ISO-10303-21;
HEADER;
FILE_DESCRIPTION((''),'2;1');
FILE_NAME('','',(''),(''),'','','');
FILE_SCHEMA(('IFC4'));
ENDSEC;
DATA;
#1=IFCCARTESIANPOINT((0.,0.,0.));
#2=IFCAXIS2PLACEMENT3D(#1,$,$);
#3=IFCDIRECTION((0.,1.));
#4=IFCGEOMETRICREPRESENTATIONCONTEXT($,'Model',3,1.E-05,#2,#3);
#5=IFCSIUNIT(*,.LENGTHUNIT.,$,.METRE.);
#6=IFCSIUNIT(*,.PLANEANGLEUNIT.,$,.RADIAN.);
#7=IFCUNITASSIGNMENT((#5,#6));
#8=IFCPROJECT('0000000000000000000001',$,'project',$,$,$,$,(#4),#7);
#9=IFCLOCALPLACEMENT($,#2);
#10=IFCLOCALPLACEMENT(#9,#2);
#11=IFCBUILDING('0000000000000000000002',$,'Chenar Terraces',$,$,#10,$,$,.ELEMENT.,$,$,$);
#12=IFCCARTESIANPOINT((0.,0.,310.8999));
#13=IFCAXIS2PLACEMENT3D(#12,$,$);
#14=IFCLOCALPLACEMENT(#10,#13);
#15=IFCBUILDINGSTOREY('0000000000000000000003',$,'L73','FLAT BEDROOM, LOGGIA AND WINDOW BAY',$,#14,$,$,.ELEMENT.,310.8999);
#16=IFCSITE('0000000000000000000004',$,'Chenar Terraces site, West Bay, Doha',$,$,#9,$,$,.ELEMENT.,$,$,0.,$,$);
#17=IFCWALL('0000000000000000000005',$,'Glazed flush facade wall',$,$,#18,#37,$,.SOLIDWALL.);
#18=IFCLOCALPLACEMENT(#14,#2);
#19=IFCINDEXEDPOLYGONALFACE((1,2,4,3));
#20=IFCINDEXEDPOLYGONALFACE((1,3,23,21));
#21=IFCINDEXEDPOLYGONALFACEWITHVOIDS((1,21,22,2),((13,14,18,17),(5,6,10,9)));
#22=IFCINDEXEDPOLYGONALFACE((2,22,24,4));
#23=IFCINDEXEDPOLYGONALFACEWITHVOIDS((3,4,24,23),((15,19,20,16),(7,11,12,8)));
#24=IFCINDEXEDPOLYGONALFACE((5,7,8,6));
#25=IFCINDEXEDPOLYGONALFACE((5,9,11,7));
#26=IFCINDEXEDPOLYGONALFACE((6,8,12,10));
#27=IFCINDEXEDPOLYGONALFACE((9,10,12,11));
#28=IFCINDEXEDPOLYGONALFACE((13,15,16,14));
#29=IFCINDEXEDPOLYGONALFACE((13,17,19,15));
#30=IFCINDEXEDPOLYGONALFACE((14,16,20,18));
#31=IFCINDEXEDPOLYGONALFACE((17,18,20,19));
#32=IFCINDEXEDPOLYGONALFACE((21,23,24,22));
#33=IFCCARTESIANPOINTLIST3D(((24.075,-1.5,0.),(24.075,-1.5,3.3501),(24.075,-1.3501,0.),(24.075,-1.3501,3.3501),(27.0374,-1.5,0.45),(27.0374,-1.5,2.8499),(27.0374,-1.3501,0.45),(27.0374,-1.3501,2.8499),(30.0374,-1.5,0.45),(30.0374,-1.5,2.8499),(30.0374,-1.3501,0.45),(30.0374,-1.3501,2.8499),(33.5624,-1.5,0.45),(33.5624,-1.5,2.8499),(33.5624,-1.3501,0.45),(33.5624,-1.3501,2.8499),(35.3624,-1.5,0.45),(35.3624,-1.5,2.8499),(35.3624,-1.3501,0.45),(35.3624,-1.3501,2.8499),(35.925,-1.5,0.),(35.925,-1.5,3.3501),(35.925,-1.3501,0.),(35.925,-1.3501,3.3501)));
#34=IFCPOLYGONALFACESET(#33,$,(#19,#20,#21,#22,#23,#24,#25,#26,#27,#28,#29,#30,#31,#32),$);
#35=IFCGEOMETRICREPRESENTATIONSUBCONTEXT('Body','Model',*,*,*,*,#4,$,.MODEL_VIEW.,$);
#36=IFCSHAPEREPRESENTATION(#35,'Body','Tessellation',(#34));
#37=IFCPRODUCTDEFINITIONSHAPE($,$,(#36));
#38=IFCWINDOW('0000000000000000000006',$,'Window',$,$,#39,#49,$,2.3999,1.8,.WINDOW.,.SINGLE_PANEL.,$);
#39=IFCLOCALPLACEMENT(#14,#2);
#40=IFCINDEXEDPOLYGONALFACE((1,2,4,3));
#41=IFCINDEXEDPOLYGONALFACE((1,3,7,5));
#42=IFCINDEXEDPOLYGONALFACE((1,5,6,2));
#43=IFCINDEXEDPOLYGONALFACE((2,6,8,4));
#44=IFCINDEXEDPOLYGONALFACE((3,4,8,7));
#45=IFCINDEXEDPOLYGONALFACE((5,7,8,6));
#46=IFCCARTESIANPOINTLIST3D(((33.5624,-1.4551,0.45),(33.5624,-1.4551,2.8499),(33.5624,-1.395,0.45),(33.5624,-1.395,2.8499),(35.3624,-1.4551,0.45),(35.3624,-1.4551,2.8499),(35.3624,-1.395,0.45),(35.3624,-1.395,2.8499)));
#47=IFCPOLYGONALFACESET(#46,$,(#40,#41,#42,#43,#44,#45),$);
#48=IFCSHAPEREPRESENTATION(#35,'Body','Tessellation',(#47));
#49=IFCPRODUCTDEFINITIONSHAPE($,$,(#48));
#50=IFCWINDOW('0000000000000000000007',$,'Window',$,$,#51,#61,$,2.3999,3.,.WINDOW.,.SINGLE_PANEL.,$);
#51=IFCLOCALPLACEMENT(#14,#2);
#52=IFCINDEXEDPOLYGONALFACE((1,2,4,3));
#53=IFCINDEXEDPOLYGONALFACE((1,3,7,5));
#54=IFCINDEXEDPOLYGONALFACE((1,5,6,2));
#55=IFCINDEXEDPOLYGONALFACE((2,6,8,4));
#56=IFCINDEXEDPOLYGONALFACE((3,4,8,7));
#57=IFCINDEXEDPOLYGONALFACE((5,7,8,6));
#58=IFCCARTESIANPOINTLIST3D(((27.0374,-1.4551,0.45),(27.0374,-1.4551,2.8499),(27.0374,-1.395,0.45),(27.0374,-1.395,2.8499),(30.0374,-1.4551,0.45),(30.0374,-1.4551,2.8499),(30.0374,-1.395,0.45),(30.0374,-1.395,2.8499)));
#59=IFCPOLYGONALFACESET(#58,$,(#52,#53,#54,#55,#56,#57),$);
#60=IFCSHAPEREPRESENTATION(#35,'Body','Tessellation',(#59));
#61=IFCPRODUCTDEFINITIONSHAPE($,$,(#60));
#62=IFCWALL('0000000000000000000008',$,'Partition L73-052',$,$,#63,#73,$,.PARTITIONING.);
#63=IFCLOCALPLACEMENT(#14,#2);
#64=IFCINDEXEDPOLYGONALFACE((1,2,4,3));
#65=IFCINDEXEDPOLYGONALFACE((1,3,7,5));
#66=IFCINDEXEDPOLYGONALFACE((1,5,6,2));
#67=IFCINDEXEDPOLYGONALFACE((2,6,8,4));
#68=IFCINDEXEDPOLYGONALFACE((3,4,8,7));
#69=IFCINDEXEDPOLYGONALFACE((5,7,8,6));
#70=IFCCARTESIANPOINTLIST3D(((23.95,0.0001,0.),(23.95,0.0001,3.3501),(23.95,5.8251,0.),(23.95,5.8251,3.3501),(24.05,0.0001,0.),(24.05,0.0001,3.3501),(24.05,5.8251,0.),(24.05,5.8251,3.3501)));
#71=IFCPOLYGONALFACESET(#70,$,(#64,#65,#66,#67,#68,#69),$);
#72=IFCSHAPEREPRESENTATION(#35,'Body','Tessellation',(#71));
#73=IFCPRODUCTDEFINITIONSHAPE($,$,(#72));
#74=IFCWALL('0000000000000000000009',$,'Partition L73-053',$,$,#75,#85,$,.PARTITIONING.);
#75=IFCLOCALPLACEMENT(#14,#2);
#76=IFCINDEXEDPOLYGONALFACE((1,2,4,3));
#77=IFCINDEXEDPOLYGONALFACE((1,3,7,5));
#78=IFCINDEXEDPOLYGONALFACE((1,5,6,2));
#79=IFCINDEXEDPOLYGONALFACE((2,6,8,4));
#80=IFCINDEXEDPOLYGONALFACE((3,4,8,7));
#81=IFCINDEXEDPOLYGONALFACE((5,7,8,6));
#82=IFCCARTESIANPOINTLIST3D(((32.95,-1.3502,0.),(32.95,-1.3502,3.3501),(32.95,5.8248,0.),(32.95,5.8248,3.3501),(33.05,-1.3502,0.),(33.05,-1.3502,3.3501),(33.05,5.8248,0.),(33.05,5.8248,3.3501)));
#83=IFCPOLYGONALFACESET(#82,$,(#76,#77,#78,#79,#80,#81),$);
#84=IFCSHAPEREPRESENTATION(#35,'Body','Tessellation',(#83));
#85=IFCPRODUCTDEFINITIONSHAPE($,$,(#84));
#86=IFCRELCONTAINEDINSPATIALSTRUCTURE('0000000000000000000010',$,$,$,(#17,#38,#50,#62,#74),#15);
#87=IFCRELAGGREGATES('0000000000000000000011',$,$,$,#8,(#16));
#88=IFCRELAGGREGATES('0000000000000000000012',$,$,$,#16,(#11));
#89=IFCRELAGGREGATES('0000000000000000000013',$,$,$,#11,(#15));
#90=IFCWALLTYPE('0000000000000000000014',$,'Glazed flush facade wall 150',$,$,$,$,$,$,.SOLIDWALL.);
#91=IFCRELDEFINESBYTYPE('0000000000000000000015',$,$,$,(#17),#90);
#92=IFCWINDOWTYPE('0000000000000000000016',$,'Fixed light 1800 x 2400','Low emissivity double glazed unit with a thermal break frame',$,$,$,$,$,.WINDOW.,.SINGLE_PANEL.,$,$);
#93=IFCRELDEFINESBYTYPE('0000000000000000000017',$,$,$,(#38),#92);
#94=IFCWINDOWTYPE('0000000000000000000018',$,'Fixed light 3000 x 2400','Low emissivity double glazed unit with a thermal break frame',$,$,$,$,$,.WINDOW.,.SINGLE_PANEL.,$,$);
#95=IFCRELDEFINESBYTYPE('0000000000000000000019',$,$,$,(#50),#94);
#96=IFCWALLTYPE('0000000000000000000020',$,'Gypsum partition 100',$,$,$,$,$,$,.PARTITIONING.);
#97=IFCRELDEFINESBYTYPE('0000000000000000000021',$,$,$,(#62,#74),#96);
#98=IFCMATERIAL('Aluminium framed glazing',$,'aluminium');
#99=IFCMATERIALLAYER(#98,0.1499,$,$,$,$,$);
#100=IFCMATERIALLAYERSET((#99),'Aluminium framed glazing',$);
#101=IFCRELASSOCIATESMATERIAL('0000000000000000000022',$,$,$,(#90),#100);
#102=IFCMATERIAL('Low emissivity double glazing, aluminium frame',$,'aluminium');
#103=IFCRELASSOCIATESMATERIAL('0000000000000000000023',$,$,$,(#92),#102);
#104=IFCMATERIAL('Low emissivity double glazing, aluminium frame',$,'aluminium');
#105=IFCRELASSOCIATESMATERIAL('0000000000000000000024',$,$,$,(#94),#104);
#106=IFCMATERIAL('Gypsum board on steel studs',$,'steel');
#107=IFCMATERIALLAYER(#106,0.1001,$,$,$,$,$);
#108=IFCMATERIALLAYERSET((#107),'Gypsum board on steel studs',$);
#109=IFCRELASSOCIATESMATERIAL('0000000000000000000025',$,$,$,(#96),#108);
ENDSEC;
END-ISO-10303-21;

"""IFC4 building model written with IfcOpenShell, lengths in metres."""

from ifc_helpers import new_model, si_unit, direction, frame, frame_2d, origin, place, context, subcontext, project, spatial, rectangle, extrude, material, layer, layer_set, type_object, element, fill, save


model = new_model("IFC4")

# Units and contexts
model_context = context("Model", 3, precision=1e-05, world=origin(), true_north=direction((0.0, 1.0)))
body_context = subcontext(model_context, "Body", "Model", "MODEL_VIEW")
ifc_project = project(units=[si_unit("LENGTHUNIT", "METRE"), si_unit("PLANEANGLEUNIT", "RADIAN")], contexts=[model_context])

# Site, building, storey
site_placement = place(None, origin())
site = spatial("IfcSite", under=ifc_project, at=site_placement, Name="Chenar Terraces site, West Bay, Doha", CompositionType="ELEMENT", RefElevation=0.0)
building_placement = place(site_placement, origin())
building = spatial("IfcBuilding", under=site, at=building_placement, Name="Chenar Terraces", CompositionType="ELEMENT")
storey_placement = place(building_placement, frame((0.0, 0.0, 310.8999)))
storey = spatial("IfcBuildingStorey", under=building, at=storey_placement, Name="L73", Description="FLAT BEDROOM, LOGGIA AND WINDOW BAY", CompositionType="ELEMENT", Elevation=310.8999)

# Wall, openings, windows
ifc_material_1 = material(Name="Aluminium framed glazing", Category="aluminium")
ifc_layer_1 = layer(ifc_material_1, 0.1499)
ifc_layer_set_1 = layer_set([ifc_layer_1], Name="Aluminium framed glazing")
wall_type_1 = type_object("IfcWallType", Name="Glazed flush facade wall 150", PredefinedType="SOLIDWALL", material=ifc_layer_set_1)
wall_1_placement = place(storey_placement, frame((24.075, -1.425, 0.0), z_axis=(0.0, 0.0, 1.0), x_axis=(1.0, 0.0, 0.0)))
wall_1 = element("IfcWall", 1, at=wall_1_placement, inside=storey, type_object=wall_type_1, Name="Glazed flush facade wall", PredefinedType="SOLIDWALL", context=body_context, shape_type="SweptSolid", body=[
    extrude(rectangle(XDim=11.8501, YDim=0.1499, at=frame_2d((5.925, 0.0))), origin(), (0.0, 0.0, 1.0), 3.3501),
])
opening_1_placement = place(wall_1_placement, frame((2.9624, 0.0, 0.45)))
opening_1 = element("IfcOpeningElement", 2, at=opening_1_placement, cuts=wall_1, PredefinedType="OPENING", context=body_context, shape_type="SweptSolid", body=[
    extrude(rectangle(XDim=3.0, YDim=2.3999, at=frame_2d((1.5, 1.2))), frame((0.0, 0.085, 0.0), z_axis=(0.0, -1.0, 0.0), x_axis=(1.0, 0.0, 0.0)), (0.0, 0.0, 1.0), 0.1699),
])
opening_2_placement = place(wall_1_placement, frame((9.4875, 0.0, 0.45)))
opening_2 = element("IfcOpeningElement", 3, at=opening_2_placement, cuts=wall_1, PredefinedType="OPENING", context=body_context, shape_type="SweptSolid", body=[
    extrude(rectangle(XDim=1.8, YDim=2.3999, at=frame_2d((0.8999, 1.2))), frame((0.0, 0.085, 0.0), z_axis=(0.0, -1.0, 0.0), x_axis=(1.0, 0.0, 0.0)), (0.0, 0.0, 1.0), 0.1699),
])
ifc_material_2 = material(Name="Low emissivity double glazing, aluminium frame", Category="aluminium")
window_type_1 = type_object("IfcWindowType", Name="Fixed light 1800 x 2400", Description="Low emissivity double glazed unit with a thermal break frame", PartitioningType="SINGLE_PANEL", PredefinedType="WINDOW", material=ifc_material_2)
window_1_placement = place(opening_2_placement, origin())
window_1 = element("IfcWindow", 4, at=window_1_placement, inside=storey, type_object=window_type_1, Name="Window", OverallHeight=2.3999, OverallWidth=1.8, PartitioningType="SINGLE_PANEL", PredefinedType="WINDOW", context=body_context, shape_type="SweptSolid", body=[
    extrude(rectangle(XDim=1.8, YDim=2.3999, at=frame_2d((0.8999, 1.2))), frame((0.0, 0.03, 0.0), z_axis=(0.0, -1.0, 0.0), x_axis=(1.0, 0.0, 0.0)), (0.0, 0.0, 1.0), 0.0601),
])
fill(opening_2, window_1)
ifc_material_3 = material(Name="Low emissivity double glazing, aluminium frame", Category="aluminium")
window_type_2 = type_object("IfcWindowType", Name="Fixed light 3000 x 2400", Description="Low emissivity double glazed unit with a thermal break frame", PartitioningType="SINGLE_PANEL", PredefinedType="WINDOW", material=ifc_material_3)
window_2_placement = place(opening_1_placement, origin())
window_2 = element("IfcWindow", 5, at=window_2_placement, inside=storey, type_object=window_type_2, Name="Window", OverallHeight=2.3999, OverallWidth=3.0, PartitioningType="SINGLE_PANEL", PredefinedType="WINDOW", context=body_context, shape_type="SweptSolid", body=[
    extrude(rectangle(XDim=3.0, YDim=2.3999, at=frame_2d((1.5, 1.2))), frame((0.0, 0.03, 0.0), z_axis=(0.0, -1.0, 0.0), x_axis=(1.0, 0.0, 0.0)), (0.0, 0.0, 1.0), 0.0601),
])
fill(opening_1, window_2)

# Walls
ifc_material_4 = material(Name="Gypsum board on steel studs", Category="steel")
ifc_layer_2 = layer(ifc_material_4, 0.1001)
ifc_layer_set_2 = layer_set([ifc_layer_2], Name="Gypsum board on steel studs")
wall_type_2 = type_object("IfcWallType", Name="Gypsum partition 100", PredefinedType="PARTITIONING", material=ifc_layer_set_2)
wall_2_placement = place(storey_placement, frame((24.0, 0.0, 0.0), z_axis=(0.0, 0.0, 1.0), x_axis=(0.0, 1.0, 0.0)))
element("IfcWall", 6, at=wall_2_placement, inside=storey, type_object=wall_type_2, Name="Partition L73-052", PredefinedType="PARTITIONING", context=body_context, shape_type="SweptSolid", body=[
    extrude(rectangle(XDim=5.825, YDim=0.1001, at=frame_2d((2.9126, 0.0))), origin(), (0.0, 0.0, 1.0), 3.3501),
])
wall_3_placement = place(storey_placement, frame((33.0, -1.3501, 0.0), z_axis=(0.0, 0.0, 1.0), x_axis=(0.0, 1.0, 0.0)))
element("IfcWall", 7, at=wall_3_placement, inside=storey, type_object=wall_type_2, Name="Partition L73-053", PredefinedType="PARTITIONING", context=body_context, shape_type="SweptSolid", body=[
    extrude(rectangle(XDim=7.175, YDim=0.1001, at=frame_2d((3.5874, 0.0))), origin(), (0.0, 0.0, 1.0), 3.3501),
])

save(model, "model.ifc")
